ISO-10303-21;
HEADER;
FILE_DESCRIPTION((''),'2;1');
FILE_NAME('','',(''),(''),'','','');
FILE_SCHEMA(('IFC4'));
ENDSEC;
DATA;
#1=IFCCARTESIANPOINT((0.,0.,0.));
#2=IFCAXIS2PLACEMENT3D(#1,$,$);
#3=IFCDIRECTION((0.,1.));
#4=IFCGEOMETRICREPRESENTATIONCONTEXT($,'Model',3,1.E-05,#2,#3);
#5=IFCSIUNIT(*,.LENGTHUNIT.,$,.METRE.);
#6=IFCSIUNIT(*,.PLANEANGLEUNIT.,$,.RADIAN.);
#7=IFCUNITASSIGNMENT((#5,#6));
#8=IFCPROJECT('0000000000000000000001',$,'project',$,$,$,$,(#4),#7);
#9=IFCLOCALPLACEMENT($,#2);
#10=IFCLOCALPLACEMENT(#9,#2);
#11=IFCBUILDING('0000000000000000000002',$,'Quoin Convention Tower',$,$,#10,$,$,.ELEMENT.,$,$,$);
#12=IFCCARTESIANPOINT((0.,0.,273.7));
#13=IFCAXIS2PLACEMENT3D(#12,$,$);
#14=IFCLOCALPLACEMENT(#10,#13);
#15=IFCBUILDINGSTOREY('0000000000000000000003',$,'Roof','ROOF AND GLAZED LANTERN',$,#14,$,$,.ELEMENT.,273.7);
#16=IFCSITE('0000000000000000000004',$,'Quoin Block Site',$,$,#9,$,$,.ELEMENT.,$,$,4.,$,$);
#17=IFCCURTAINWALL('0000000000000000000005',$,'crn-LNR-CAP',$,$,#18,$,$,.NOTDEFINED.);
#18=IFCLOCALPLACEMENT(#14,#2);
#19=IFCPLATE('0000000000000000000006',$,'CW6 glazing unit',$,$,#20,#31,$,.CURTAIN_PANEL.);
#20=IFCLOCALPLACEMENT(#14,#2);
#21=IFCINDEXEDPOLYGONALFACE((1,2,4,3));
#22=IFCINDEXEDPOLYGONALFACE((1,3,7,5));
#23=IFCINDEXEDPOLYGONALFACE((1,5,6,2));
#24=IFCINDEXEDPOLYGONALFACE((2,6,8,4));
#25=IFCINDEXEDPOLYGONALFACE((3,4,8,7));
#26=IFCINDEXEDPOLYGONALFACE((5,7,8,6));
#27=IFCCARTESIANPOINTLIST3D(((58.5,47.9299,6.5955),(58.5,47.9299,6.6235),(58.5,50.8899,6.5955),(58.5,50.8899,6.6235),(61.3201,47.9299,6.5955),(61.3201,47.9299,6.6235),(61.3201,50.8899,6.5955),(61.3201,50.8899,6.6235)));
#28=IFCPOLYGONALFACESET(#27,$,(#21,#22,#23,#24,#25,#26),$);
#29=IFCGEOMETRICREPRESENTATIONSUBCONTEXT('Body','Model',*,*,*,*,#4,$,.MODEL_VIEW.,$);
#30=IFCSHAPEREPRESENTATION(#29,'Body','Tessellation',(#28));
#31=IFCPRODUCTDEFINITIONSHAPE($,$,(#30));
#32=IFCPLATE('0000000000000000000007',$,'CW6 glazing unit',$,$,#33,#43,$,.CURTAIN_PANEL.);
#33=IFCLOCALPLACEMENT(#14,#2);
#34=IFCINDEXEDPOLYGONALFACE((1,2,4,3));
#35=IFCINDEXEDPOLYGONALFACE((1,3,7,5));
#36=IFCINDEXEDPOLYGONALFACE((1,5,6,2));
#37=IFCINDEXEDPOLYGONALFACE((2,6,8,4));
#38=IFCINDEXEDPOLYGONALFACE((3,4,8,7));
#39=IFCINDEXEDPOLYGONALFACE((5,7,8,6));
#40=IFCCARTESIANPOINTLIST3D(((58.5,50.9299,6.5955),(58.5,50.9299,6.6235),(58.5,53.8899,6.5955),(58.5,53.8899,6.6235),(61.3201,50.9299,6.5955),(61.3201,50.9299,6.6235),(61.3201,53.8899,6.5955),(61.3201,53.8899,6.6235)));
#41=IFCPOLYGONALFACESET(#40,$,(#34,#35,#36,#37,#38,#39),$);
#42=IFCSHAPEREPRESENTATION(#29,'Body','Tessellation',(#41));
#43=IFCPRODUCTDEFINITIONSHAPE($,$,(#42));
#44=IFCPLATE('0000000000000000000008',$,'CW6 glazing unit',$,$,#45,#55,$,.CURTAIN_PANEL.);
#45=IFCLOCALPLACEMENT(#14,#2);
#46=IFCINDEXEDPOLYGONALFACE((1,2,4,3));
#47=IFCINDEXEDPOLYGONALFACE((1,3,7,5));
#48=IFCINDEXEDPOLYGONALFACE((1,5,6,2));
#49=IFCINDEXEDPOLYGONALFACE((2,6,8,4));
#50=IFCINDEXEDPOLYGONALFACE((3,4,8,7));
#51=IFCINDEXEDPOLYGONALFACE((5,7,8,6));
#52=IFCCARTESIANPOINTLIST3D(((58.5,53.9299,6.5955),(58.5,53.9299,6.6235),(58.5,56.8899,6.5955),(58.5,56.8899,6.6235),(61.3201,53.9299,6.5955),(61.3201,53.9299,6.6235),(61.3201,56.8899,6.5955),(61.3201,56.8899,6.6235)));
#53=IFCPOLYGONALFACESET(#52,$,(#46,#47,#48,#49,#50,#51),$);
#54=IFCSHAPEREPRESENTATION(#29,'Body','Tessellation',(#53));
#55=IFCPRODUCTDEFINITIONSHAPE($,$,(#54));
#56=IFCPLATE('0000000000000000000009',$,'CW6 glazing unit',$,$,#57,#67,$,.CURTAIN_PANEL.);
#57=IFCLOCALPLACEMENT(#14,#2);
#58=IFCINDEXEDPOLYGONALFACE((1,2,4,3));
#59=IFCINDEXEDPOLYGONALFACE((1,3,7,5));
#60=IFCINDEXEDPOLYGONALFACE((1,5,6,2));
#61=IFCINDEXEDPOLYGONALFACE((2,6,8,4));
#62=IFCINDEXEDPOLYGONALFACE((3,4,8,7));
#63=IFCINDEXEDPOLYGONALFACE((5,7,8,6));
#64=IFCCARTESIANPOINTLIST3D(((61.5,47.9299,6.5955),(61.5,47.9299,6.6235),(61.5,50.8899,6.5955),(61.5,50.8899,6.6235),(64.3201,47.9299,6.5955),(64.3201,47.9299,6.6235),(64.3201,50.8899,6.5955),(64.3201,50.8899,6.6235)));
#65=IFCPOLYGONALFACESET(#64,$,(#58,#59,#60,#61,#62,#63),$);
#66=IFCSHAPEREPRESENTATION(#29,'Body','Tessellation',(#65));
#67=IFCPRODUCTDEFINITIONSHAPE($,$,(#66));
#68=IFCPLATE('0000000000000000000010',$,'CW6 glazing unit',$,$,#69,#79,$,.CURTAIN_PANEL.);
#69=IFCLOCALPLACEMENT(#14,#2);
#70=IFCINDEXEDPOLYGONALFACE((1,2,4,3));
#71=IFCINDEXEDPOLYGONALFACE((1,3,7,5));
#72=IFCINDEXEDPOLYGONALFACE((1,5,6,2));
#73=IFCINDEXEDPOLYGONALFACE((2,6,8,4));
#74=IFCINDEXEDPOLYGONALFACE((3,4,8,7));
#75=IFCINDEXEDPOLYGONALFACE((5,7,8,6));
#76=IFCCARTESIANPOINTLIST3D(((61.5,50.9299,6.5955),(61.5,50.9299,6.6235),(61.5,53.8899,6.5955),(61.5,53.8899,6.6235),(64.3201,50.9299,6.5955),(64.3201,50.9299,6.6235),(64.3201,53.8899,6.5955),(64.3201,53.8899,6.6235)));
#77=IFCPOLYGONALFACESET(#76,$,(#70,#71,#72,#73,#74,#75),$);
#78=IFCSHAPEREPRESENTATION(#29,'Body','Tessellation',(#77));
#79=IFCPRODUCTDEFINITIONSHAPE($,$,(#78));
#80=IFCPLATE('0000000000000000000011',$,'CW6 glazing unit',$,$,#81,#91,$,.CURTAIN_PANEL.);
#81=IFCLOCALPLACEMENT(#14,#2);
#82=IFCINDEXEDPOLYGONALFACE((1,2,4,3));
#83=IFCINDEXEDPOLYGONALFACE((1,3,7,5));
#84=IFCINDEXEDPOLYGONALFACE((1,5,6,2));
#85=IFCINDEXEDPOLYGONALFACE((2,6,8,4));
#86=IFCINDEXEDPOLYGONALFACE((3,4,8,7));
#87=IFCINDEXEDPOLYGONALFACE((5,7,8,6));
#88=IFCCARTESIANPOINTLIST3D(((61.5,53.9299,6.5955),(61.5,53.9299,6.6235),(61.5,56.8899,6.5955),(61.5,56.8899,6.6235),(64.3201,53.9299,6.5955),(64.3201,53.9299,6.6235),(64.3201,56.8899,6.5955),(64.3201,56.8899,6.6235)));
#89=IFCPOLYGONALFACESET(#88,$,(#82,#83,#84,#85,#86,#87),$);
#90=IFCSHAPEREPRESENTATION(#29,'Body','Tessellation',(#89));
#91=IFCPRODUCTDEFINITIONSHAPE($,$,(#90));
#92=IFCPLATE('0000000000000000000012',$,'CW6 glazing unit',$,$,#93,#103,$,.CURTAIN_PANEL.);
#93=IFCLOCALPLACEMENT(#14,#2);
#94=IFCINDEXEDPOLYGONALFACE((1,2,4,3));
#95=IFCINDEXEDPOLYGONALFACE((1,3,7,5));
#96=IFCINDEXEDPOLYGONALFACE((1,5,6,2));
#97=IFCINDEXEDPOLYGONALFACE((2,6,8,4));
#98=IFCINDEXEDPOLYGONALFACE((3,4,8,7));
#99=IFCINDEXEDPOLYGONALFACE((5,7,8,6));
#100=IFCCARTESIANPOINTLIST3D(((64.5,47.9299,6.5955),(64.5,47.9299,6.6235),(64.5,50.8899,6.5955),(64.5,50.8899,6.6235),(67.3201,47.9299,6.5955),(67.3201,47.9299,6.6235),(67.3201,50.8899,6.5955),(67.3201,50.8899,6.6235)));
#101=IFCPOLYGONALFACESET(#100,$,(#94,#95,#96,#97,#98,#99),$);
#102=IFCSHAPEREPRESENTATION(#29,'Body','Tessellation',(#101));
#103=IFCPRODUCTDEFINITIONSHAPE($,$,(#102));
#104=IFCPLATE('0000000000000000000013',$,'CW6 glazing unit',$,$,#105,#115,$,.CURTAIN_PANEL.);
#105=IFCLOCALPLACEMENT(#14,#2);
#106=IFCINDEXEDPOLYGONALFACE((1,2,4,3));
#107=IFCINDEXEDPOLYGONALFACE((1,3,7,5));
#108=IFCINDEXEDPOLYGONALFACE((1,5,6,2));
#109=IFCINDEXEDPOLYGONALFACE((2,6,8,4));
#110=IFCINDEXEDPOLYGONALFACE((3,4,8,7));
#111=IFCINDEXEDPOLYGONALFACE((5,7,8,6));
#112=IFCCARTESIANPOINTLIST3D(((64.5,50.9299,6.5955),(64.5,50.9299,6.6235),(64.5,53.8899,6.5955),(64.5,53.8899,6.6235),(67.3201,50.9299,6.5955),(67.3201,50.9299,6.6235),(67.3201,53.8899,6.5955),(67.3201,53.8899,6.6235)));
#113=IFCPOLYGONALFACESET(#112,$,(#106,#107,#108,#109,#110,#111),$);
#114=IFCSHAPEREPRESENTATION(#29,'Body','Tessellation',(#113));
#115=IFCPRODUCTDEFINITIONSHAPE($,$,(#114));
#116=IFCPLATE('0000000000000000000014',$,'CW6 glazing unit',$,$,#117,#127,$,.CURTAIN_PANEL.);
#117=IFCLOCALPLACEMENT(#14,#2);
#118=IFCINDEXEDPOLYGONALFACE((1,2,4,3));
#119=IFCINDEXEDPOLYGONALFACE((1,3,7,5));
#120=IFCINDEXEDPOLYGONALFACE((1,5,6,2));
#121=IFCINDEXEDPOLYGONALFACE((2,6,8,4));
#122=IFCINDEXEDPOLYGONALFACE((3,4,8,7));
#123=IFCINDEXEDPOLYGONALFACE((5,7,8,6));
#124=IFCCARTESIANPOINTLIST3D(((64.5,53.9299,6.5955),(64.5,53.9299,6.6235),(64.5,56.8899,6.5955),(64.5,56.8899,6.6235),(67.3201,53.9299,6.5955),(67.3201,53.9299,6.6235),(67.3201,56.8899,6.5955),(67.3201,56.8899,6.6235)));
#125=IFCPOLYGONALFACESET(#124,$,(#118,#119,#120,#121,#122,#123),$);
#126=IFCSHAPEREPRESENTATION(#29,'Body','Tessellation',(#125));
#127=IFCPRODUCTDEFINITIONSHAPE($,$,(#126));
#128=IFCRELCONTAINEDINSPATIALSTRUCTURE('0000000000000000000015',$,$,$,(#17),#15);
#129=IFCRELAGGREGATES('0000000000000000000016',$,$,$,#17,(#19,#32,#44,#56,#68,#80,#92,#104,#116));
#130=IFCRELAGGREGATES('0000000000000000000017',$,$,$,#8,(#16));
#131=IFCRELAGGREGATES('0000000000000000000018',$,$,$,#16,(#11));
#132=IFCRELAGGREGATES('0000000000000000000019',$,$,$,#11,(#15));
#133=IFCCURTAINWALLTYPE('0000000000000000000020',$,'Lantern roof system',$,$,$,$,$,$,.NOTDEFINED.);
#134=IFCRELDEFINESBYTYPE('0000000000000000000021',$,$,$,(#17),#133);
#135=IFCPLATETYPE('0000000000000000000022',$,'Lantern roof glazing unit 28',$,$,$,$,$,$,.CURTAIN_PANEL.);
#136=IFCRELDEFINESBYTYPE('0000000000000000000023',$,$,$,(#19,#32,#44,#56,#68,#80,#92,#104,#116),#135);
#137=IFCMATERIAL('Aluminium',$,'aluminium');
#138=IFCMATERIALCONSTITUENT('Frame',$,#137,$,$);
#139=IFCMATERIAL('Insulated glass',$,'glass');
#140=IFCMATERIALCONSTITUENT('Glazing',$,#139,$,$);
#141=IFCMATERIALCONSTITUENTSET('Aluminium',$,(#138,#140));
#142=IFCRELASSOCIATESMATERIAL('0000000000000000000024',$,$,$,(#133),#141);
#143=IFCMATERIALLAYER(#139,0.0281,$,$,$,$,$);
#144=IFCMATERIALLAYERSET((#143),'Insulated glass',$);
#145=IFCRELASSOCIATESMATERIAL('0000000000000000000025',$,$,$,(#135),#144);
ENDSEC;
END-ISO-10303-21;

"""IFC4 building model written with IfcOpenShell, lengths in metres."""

from ifc_helpers import new_model, si_unit, direction, frame, origin, place, context, subcontext, project, spatial, polyline, outline, extrude, material, layer, layer_set, constituent, constituent_set, type_object, element, aggregate, save


model = new_model("IFC4")

# Units and contexts
model_context = context("Model", 3, precision=1e-05, world=origin(), true_north=direction((0.0, 1.0)))
body_context = subcontext(model_context, "Body", "Model", "MODEL_VIEW")
ifc_project = project(units=[si_unit("LENGTHUNIT", "METRE"), si_unit("PLANEANGLEUNIT", "RADIAN")], contexts=[model_context])

# Site, building, storey
site_placement = place(None, origin())
site = spatial("IfcSite", under=ifc_project, at=site_placement, Name="Quoin Block Site", CompositionType="ELEMENT", RefElevation=4.0)
building_placement = place(site_placement, origin())
building = spatial("IfcBuilding", under=site, at=building_placement, Name="Quoin Convention Tower", CompositionType="ELEMENT")
storey_placement = place(building_placement, frame((0.0, 0.0, 273.7)))
storey = spatial("IfcBuildingStorey", under=building, at=storey_placement, Name="Roof", Description="ROOF AND GLAZED LANTERN", CompositionType="ELEMENT", Elevation=273.7)

# Curtain wall
ifc_material_1 = material(Name="Aluminium", Category="aluminium")
ifc_constituent_1 = constituent(ifc_material_1, Name="Frame")
ifc_material_2 = material(Name="Insulated glass", Category="glass")
ifc_constituent_2 = constituent(ifc_material_2, Name="Glazing")
ifc_constituent_set = constituent_set(constituents=[ifc_constituent_1, ifc_constituent_2], Name="Aluminium")
curtain_wall_type = type_object("IfcCurtainWallType", Name="Lantern roof system", PredefinedType="NOTDEFINED", material=ifc_constituent_set)
curtain_wall_1_placement = place(storey_placement, origin())
curtain_wall_1 = element("IfcCurtainWall", 1, at=curtain_wall_1_placement, inside=storey, type_object=curtain_wall_type, Name="crn-LNR-CAP", PredefinedType="NOTDEFINED")

# Plates
ifc_layer = layer(ifc_material_2, 0.0281)
ifc_layer_set = layer_set([ifc_layer], Name="Insulated glass")
plate_type = type_object("IfcPlateType", Name="Lantern roof glazing unit 28", PredefinedType="CURTAIN_PANEL", material=ifc_layer_set)
plate_1_placement = place(storey_placement, frame((58.5, 50.8899, 6.6235), z_axis=(0.0, 0.0, 1.0), x_axis=(1.0, 0.0, 0.0)))
plate_1 = element("IfcPlate", 2, at=plate_1_placement, type_object=plate_type, Name="CW6 glazing unit", PredefinedType="CURTAIN_PANEL", context=body_context, shape_type="SweptSolid", body=[
    extrude(outline(polyline([(0.0, 0.0), (2.8201, 0.0), (2.8201, -2.96), (0.0, -2.96), (0.0, 0.0)])), origin(), (0.0, 0.0, -1.0), 0.0281),
])
plate_2_placement = place(storey_placement, frame((58.5, 50.9299, 6.6235), z_axis=(0.0, 0.0, 1.0), x_axis=(0.0, 1.0, 0.0)))
plate_2 = element("IfcPlate", 3, at=plate_2_placement, type_object=plate_type, Name="CW6 glazing unit", PredefinedType="CURTAIN_PANEL", context=body_context, shape_type="SweptSolid", body=[
    extrude(outline(polyline([(0.0, 0.0), (2.96, 0.0), (2.96, -2.8201), (0.0, -2.8201), (0.0, 0.0)])), origin(), (0.0, 0.0, -1.0), 0.0281),
])
plate_3_placement = place(storey_placement, frame((58.5, 53.9299, 6.6235), z_axis=(0.0, 0.0, 1.0), x_axis=(0.0, 1.0, 0.0)))
plate_3 = element("IfcPlate", 4, at=plate_3_placement, type_object=plate_type, Name="CW6 glazing unit", PredefinedType="CURTAIN_PANEL", context=body_context, shape_type="SweptSolid", body=[
    extrude(outline(polyline([(0.0, 0.0), (2.96, 0.0), (2.96, -2.8201), (0.0, -2.8201), (0.0, 0.0)])), origin(), (0.0, 0.0, -1.0), 0.0281),
])
plate_4_placement = place(storey_placement, frame((61.5, 50.8899, 6.6235), z_axis=(0.0, 0.0, 1.0), x_axis=(1.0, 0.0, 0.0)))
plate_4 = element("IfcPlate", 5, at=plate_4_placement, type_object=plate_type, Name="CW6 glazing unit", PredefinedType="CURTAIN_PANEL", context=body_context, shape_type="SweptSolid", body=[
    extrude(outline(polyline([(0.0, 0.0), (2.8201, 0.0), (2.8201, -2.96), (0.0, -2.96), (0.0, 0.0)])), origin(), (0.0, 0.0, -1.0), 0.0281),
])
plate_5_placement = place(storey_placement, frame((61.5, 50.9299, 6.6235), z_axis=(0.0, 0.0, 1.0), x_axis=(0.0, 1.0, 0.0)))
plate_5 = element("IfcPlate", 6, at=plate_5_placement, type_object=plate_type, Name="CW6 glazing unit", PredefinedType="CURTAIN_PANEL", context=body_context, shape_type="SweptSolid", body=[
    extrude(outline(polyline([(0.0, 0.0), (2.96, 0.0), (2.96, -2.8201), (0.0, -2.8201), (0.0, 0.0)])), origin(), (0.0, 0.0, -1.0), 0.0281),
])
plate_6_placement = place(storey_placement, frame((61.5, 53.9299, 6.6235), z_axis=(0.0, 0.0, 1.0), x_axis=(0.0, 1.0, 0.0)))
plate_6 = element("IfcPlate", 7, at=plate_6_placement, type_object=plate_type, Name="CW6 glazing unit", PredefinedType="CURTAIN_PANEL", context=body_context, shape_type="SweptSolid", body=[
    extrude(outline(polyline([(0.0, 0.0), (2.96, 0.0), (2.96, -2.8201), (0.0, -2.8201), (0.0, 0.0)])), origin(), (0.0, 0.0, -1.0), 0.0281),
])
plate_7_placement = place(storey_placement, frame((64.5, 50.8899, 6.6235), z_axis=(0.0, 0.0, 1.0), x_axis=(1.0, 0.0, 0.0)))
plate_7 = element("IfcPlate", 8, at=plate_7_placement, type_object=plate_type, Name="CW6 glazing unit", PredefinedType="CURTAIN_PANEL", context=body_context, shape_type="SweptSolid", body=[
    extrude(outline(polyline([(0.0, 0.0), (2.8201, 0.0), (2.8201, -2.96), (0.0, -2.96), (0.0, 0.0)])), origin(), (0.0, 0.0, -1.0), 0.0281),
])
plate_8_placement = place(storey_placement, frame((64.5, 50.9299, 6.6235), z_axis=(0.0, 0.0, 1.0), x_axis=(0.0, 1.0, 0.0)))
plate_8 = element("IfcPlate", 9, at=plate_8_placement, type_object=plate_type, Name="CW6 glazing unit", PredefinedType="CURTAIN_PANEL", context=body_context, shape_type="SweptSolid", body=[
    extrude(outline(polyline([(0.0, 0.0), (2.96, 0.0), (2.96, -2.8201), (0.0, -2.8201), (0.0, 0.0)])), origin(), (0.0, 0.0, -1.0), 0.0281),
])
plate_9_placement = place(storey_placement, frame((64.5, 53.9299, 6.6235), z_axis=(0.0, 0.0, 1.0), x_axis=(0.0, 1.0, 0.0)))
plate_9 = element("IfcPlate", 10, at=plate_9_placement, type_object=plate_type, Name="CW6 glazing unit", PredefinedType="CURTAIN_PANEL", context=body_context, shape_type="SweptSolid", body=[
    extrude(outline(polyline([(0.0, 0.0), (2.96, 0.0), (2.96, -2.8201), (0.0, -2.8201), (0.0, 0.0)])), origin(), (0.0, 0.0, -1.0), 0.0281),
])
aggregate(curtain_wall_1, [plate_1, plate_2, plate_3, plate_4, plate_5, plate_6, plate_7, plate_8, plate_9])

save(model, "model.ifc")
